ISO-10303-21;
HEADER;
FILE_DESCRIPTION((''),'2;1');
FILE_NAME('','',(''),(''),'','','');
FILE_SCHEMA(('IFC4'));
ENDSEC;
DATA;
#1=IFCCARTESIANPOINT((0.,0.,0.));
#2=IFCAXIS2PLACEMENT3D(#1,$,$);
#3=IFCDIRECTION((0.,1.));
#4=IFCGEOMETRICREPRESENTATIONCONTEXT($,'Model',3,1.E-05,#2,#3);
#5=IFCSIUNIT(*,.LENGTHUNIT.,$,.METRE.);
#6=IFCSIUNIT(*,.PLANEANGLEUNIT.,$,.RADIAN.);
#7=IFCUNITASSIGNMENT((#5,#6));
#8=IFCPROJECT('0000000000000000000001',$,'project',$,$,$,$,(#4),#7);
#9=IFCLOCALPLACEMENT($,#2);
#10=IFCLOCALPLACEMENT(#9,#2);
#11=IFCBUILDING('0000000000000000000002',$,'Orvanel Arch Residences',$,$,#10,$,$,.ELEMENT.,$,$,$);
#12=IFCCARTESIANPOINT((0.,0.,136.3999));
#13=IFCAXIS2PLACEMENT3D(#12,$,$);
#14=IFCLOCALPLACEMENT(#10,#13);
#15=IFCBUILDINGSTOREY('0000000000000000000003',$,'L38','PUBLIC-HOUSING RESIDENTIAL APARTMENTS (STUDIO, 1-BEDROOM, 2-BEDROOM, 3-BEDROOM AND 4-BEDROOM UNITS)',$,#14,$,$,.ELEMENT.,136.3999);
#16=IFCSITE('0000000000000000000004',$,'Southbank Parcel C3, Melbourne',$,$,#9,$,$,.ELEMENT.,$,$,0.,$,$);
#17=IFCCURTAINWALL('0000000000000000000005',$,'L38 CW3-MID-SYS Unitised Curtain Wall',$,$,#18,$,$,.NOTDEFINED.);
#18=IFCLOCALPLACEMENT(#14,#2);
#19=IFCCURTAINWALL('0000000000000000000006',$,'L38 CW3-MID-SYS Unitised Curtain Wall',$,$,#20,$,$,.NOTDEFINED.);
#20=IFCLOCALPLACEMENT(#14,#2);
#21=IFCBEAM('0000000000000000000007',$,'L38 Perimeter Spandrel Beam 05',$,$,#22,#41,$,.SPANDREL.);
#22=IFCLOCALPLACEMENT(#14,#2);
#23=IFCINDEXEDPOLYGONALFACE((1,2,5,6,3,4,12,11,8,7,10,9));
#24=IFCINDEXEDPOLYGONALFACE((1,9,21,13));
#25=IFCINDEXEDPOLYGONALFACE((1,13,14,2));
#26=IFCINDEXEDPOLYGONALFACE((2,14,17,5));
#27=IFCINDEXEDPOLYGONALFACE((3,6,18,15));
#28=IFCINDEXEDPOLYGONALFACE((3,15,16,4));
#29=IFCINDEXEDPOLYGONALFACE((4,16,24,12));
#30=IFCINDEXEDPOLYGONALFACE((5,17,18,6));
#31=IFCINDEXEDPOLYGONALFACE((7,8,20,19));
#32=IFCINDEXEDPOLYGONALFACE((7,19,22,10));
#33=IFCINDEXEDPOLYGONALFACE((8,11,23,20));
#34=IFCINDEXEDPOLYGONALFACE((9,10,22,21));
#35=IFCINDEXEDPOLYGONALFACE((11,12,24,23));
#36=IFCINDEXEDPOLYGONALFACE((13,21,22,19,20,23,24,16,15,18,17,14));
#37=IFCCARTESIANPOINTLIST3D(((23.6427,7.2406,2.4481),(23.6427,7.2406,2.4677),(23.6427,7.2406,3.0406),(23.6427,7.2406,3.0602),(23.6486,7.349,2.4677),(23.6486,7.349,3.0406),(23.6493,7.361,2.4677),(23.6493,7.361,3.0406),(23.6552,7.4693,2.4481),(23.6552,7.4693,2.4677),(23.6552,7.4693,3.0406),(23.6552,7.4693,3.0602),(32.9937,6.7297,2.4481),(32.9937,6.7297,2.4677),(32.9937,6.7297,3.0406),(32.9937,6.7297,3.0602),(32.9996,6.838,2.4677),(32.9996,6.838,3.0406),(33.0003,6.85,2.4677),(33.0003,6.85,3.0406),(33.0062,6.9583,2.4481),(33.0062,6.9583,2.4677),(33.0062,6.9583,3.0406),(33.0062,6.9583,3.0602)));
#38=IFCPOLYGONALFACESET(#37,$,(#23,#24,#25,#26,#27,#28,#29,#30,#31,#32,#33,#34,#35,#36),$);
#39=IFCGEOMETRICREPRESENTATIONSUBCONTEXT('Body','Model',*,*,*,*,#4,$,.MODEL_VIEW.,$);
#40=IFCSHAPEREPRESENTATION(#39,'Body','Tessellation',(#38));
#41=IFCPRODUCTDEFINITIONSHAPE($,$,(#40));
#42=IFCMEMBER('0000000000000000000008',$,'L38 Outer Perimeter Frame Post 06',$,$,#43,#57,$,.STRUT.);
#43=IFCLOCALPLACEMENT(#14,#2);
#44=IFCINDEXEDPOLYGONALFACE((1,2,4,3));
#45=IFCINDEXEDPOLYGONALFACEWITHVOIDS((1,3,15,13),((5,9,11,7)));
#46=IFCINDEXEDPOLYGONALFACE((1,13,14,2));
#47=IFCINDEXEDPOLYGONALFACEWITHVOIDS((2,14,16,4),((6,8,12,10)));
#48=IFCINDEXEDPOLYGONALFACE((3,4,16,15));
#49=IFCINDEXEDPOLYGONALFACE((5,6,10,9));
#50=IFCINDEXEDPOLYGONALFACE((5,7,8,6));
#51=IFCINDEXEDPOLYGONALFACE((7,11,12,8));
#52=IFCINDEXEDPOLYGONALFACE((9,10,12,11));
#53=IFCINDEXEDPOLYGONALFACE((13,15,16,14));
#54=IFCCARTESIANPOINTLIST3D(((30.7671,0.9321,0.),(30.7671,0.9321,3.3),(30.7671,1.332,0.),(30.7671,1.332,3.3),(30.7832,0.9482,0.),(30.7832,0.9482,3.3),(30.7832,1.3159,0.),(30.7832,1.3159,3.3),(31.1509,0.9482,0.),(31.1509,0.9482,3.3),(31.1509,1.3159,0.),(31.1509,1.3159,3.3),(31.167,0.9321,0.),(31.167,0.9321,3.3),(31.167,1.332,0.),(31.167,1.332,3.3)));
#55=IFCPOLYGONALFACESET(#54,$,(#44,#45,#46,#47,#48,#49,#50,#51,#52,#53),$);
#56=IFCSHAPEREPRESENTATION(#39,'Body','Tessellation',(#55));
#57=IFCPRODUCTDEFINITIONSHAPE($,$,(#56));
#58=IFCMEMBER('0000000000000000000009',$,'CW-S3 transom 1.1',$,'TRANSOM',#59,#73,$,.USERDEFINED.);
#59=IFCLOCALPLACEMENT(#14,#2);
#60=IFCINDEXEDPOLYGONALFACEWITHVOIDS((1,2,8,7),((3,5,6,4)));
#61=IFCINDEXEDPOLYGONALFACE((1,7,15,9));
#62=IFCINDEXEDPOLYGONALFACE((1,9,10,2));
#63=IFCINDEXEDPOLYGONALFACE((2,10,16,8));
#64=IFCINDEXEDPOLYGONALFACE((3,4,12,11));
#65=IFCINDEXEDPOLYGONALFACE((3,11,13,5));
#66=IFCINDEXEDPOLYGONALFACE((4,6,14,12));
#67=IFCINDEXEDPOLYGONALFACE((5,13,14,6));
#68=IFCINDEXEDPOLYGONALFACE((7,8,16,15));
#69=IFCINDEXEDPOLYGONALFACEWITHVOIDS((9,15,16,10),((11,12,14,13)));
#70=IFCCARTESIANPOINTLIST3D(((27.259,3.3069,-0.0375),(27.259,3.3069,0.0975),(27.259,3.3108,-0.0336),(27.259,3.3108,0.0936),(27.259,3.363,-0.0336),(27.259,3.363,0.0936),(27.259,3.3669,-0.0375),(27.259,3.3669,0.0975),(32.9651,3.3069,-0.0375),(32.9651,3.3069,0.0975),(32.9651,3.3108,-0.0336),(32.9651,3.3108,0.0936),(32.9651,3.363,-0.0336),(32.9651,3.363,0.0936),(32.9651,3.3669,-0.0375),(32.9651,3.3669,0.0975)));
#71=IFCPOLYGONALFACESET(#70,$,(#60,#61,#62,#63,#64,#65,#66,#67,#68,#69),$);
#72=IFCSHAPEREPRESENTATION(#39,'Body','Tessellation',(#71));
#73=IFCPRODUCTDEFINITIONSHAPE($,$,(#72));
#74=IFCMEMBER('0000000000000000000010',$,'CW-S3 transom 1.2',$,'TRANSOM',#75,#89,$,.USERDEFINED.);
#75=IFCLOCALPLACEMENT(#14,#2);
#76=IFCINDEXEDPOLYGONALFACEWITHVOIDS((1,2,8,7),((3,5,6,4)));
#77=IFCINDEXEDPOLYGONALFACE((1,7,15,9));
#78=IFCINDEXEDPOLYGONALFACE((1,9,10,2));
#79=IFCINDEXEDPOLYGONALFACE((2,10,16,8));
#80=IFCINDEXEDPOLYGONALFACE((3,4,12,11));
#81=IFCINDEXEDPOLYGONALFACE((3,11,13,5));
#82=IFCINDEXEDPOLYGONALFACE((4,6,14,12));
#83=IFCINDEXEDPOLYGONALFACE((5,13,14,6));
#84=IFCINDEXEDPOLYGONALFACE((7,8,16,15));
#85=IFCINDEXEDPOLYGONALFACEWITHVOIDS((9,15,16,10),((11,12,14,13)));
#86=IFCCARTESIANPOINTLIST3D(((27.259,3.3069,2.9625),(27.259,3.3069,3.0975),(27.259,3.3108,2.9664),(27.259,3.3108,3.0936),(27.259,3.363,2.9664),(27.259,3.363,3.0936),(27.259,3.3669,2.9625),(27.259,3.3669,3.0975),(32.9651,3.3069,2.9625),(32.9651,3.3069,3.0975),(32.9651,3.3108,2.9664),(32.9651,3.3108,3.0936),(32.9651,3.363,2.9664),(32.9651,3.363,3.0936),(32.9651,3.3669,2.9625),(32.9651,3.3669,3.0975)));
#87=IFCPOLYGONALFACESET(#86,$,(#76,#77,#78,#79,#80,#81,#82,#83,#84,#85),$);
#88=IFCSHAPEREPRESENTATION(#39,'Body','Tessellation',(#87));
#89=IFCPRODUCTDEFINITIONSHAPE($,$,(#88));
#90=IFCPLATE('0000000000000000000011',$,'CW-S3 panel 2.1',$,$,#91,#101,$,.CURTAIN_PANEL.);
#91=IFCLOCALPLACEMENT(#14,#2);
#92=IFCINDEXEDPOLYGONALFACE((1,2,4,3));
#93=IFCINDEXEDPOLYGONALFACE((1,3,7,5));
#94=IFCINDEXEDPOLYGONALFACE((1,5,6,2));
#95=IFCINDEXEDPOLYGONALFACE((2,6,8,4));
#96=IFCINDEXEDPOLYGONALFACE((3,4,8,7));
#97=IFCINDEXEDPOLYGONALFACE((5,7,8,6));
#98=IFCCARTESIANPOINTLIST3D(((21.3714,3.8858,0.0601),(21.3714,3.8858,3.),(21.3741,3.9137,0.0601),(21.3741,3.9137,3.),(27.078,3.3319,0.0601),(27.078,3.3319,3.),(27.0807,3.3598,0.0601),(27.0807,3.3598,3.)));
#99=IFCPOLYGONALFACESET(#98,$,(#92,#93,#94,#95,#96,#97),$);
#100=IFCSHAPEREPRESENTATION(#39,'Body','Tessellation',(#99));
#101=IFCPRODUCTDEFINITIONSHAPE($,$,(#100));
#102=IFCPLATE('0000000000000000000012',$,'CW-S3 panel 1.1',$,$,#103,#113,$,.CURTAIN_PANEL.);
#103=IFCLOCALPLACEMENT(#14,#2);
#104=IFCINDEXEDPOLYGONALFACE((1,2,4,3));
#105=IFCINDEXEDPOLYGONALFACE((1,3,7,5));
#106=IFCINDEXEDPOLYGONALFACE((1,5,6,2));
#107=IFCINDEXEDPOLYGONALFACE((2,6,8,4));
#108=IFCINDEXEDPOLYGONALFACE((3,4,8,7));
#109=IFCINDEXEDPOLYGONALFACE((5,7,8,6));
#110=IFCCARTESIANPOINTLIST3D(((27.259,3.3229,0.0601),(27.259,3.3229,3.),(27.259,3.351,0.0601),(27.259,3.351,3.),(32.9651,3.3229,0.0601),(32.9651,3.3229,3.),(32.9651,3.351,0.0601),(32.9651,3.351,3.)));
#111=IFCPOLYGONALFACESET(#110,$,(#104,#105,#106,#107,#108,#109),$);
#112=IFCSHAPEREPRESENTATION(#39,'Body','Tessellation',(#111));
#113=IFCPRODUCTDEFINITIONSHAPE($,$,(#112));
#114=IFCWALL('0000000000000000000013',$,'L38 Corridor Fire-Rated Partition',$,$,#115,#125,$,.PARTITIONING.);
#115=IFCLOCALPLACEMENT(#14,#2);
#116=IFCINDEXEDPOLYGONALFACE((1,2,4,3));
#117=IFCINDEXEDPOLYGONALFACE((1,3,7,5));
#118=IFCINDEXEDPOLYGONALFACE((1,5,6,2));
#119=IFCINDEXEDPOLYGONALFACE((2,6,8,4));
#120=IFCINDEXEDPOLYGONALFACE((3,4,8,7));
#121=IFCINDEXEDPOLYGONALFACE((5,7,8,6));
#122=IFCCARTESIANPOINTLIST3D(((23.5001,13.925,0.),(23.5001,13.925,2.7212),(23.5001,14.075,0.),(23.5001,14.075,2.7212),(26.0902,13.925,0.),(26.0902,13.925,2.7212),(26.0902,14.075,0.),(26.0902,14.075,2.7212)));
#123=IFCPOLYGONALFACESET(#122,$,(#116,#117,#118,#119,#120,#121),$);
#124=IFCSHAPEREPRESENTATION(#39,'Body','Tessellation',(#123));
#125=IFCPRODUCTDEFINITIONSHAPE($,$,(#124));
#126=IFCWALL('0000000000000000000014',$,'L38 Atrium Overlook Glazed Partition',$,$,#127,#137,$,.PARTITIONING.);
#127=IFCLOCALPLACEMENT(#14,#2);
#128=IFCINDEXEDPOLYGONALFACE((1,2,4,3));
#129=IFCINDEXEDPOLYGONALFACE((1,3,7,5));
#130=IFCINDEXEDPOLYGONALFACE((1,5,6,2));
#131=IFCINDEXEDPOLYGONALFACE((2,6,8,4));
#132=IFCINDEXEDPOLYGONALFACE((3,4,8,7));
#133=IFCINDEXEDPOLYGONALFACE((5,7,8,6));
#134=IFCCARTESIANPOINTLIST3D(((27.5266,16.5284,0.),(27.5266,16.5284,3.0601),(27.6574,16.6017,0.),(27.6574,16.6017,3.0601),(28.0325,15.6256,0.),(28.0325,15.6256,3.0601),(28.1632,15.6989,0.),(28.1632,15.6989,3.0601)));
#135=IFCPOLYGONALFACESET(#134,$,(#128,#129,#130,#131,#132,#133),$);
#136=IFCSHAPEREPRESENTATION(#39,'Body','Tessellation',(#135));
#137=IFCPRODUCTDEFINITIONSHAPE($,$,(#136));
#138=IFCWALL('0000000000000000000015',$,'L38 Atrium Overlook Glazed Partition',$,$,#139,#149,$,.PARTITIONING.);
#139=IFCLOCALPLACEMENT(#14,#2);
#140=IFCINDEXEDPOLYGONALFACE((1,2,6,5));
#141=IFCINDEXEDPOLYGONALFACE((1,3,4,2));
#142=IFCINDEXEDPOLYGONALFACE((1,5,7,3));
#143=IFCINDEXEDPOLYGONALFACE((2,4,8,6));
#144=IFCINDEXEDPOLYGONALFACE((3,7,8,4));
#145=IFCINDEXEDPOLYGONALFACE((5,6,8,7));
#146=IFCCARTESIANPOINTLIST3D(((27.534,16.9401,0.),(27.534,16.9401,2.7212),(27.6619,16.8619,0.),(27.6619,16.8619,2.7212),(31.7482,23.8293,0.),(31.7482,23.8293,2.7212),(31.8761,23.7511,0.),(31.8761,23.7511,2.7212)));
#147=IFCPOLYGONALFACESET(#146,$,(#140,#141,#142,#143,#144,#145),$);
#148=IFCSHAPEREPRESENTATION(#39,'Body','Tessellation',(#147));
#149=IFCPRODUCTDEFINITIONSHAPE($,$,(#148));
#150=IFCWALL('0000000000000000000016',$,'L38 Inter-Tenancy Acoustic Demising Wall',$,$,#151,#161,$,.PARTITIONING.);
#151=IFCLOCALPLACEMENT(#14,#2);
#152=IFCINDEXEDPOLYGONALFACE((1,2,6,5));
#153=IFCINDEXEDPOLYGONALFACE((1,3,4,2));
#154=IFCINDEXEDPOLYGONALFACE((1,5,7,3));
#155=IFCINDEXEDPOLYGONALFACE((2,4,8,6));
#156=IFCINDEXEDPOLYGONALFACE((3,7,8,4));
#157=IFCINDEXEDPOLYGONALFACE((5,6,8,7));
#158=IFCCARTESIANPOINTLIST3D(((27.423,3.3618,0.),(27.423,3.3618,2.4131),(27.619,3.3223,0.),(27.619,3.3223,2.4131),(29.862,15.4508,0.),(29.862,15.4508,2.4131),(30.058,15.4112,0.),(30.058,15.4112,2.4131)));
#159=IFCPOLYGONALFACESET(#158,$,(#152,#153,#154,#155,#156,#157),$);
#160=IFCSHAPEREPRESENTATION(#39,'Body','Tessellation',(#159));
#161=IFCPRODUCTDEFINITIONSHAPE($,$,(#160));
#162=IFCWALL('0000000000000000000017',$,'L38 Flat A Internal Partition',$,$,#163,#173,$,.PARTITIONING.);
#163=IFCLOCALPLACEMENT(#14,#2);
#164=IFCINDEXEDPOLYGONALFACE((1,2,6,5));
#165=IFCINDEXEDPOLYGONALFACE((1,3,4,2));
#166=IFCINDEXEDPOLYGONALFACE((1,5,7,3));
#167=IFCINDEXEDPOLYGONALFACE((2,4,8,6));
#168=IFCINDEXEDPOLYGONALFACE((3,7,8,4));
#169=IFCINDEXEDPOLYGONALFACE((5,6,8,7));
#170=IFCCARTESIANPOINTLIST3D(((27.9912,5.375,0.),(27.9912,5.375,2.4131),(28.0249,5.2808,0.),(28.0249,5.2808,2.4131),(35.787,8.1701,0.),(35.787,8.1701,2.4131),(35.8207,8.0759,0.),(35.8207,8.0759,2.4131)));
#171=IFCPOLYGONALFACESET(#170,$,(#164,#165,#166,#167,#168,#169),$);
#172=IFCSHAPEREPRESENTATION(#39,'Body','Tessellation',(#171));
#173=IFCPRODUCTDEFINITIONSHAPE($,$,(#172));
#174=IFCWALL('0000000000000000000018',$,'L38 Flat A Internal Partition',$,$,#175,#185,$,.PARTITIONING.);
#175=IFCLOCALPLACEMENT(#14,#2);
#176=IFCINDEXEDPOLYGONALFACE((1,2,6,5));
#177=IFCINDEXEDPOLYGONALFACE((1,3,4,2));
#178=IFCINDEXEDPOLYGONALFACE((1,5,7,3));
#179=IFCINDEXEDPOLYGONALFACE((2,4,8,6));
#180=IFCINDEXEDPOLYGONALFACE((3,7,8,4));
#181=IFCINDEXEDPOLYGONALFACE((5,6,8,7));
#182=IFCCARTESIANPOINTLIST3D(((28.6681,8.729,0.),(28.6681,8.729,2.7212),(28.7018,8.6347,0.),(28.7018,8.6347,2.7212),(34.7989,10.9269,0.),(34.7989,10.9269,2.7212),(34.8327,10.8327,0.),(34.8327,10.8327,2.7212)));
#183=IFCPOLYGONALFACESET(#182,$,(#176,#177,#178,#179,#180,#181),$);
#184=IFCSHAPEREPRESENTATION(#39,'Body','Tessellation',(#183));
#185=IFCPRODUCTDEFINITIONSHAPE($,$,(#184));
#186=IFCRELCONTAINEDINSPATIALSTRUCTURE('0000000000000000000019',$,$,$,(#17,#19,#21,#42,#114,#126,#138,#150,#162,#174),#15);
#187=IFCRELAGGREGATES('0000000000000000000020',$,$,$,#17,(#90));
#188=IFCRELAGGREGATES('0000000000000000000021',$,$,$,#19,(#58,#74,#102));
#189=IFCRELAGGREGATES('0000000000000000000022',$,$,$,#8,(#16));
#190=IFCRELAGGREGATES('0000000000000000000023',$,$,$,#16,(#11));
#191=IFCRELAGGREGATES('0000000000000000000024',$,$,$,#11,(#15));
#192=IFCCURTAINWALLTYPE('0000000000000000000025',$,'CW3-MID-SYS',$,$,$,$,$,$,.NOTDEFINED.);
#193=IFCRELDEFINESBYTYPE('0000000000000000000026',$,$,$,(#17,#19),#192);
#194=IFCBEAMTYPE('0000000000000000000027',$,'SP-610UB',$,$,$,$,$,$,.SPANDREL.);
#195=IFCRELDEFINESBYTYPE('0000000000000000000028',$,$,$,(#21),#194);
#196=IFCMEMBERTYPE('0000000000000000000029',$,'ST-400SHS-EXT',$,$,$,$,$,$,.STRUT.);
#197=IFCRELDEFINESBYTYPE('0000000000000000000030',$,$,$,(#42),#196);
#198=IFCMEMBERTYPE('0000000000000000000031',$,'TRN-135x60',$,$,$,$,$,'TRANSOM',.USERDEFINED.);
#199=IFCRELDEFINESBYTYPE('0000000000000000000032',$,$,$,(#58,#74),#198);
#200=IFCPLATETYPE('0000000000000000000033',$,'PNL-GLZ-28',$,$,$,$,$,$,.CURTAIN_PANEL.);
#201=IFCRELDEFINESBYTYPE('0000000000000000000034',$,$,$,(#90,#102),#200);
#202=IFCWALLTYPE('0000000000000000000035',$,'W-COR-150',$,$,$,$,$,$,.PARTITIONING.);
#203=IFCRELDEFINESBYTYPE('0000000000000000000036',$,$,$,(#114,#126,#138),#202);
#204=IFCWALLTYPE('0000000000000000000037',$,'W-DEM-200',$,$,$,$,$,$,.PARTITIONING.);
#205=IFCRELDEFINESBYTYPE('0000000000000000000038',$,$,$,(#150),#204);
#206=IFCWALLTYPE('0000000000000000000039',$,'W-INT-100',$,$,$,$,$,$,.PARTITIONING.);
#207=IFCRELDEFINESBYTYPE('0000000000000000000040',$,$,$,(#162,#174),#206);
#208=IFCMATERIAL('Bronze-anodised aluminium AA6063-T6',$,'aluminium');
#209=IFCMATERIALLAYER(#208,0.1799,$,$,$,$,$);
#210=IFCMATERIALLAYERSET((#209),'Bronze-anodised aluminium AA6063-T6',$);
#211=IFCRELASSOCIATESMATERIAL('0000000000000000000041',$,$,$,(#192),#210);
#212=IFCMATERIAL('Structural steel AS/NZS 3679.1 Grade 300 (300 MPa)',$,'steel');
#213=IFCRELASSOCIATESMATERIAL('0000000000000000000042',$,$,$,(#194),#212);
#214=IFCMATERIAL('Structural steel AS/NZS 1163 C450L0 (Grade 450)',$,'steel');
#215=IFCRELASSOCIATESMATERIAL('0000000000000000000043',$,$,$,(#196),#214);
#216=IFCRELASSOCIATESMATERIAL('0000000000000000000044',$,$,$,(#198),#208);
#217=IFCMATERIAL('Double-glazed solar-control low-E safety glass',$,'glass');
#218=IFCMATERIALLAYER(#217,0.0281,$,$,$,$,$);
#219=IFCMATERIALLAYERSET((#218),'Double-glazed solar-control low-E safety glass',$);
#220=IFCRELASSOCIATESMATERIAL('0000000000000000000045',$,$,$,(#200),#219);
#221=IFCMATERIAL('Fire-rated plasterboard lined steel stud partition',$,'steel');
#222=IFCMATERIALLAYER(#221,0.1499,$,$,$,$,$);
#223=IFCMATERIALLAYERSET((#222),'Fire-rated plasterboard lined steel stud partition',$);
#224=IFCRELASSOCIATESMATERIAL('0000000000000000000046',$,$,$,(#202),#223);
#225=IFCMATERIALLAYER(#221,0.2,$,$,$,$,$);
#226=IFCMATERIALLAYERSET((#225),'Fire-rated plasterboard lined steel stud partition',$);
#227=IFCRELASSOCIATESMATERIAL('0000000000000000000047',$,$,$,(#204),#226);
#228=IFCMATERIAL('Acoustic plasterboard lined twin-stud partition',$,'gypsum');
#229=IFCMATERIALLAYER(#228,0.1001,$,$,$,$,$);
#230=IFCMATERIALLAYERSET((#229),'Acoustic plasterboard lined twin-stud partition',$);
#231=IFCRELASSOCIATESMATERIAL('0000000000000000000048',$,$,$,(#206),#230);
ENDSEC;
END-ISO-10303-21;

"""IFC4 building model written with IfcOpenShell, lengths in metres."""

from ifc_helpers import new_model, si_unit, direction, frame, frame_2d, origin, origin_2d, place, context, subcontext, project, spatial, rectangle, hollow_rectangle, i_section, extrude, material, layer, layer_set, material_profile, profile_set, type_object, element, aggregate, save


model = new_model("IFC4")

# Units and contexts
model_context = context("Model", 3, precision=1e-05, world=origin(), true_north=direction((0.0, 1.0)))
body_context = subcontext(model_context, "Body", "Model", "MODEL_VIEW")
ifc_project = project(units=[si_unit("LENGTHUNIT", "METRE"), si_unit("PLANEANGLEUNIT", "RADIAN")], contexts=[model_context])

# Site, building, storey
site_placement = place(None, origin())
site = spatial("IfcSite", under=ifc_project, at=site_placement, Name="Southbank Parcel C3, Melbourne", CompositionType="ELEMENT", RefElevation=0.0)
building_placement = place(site_placement, origin())
building = spatial("IfcBuilding", under=site, at=building_placement, Name="Orvanel Arch Residences", CompositionType="ELEMENT")
storey_placement = place(building_placement, frame((0.0, 0.0, 136.3999)))
storey = spatial("IfcBuildingStorey", under=building, at=storey_placement, Name="L38", Description="PUBLIC-HOUSING RESIDENTIAL APARTMENTS (STUDIO, 1-BEDROOM, 2-BEDROOM, 3-BEDROOM AND 4-BEDROOM UNITS)", CompositionType="ELEMENT", Elevation=136.3999)

# Shared definitions
ifc_material_1 = material(Name="Structural steel AS/NZS 1163 C450L0 (Grade 450)", Category="steel")

# Curtain walls
ifc_material_2 = material(Name="Bronze-anodised aluminium AA6063-T6", Category="aluminium")
ifc_layer_1 = layer(ifc_material_2, 0.1799)
ifc_layer_set_1 = layer_set([ifc_layer_1], Name="Bronze-anodised aluminium AA6063-T6")
curtain_wall_type = type_object("IfcCurtainWallType", Name="CW3-MID-SYS", PredefinedType="NOTDEFINED", material=ifc_layer_set_1)
curtain_wall_1_placement = place(storey_placement, origin())
curtain_wall_1 = element("IfcCurtainWall", 1, at=curtain_wall_1_placement, inside=storey, type_object=curtain_wall_type, Name="L38 CW3-MID-SYS Unitised Curtain Wall", PredefinedType="NOTDEFINED")
curtain_wall_2_placement = place(storey_placement, origin())
curtain_wall_2 = element("IfcCurtainWall", 2, at=curtain_wall_2_placement, inside=storey, type_object=curtain_wall_type, Name="L38 CW3-MID-SYS Unitised Curtain Wall", PredefinedType="NOTDEFINED")

# Beam
ifc_material_3 = material(Name="Structural steel AS/NZS 3679.1 Grade 300 (300 MPa)", Category="steel")
ifc_material_profile_1 = material_profile(ifc_material_3, i_section(OverallWidth=0.229, OverallDepth=0.6121, WebThickness=0.012, FlangeThickness=0.0195, at=origin_2d()), Name="610UB125")
ifc_profile_set_1 = profile_set([ifc_material_profile_1], Name="Structural steel AS/NZS 3679.1 Grade 300 (300 MPa)")
beam_type_1 = type_object("IfcBeamType", Name="SP-610UB", PredefinedType="SPANDREL", material=ifc_profile_set_1)
beam_1_placement = place(storey_placement, frame((23.6489, 7.355, 2.7542), z_axis=(0.99851, -0.054563, 0.0), x_axis=(0.054563, 0.99851, 0.0)))
element("IfcBeam", 3, at=beam_1_placement, inside=storey, type_object=beam_type_1, Name="L38 Perimeter Spandrel Beam 05", PredefinedType="SPANDREL", context=body_context, shape_type="SweptSolid", body=[
    extrude(i_section(OverallWidth=0.229, OverallDepth=0.6121, WebThickness=0.012, FlangeThickness=0.0195, at=origin_2d()), origin(), (0.0, 0.0, 1.0), 9.365),
])

# Members
ifc_material_profile_2 = material_profile(ifc_material_1, hollow_rectangle(XDim=0.3999, YDim=0.3999, WallThickness=0.0161, at=origin_2d()), Name="SHS400x400x16")
ifc_profile_set_2 = profile_set([ifc_material_profile_2], Name="Structural steel AS/NZS 1163 C450L0 (Grade 450)")
member_type_1 = type_object("IfcMemberType", Name="ST-400SHS-EXT", PredefinedType="STRUT", material=ifc_profile_set_2)
member_1_placement = place(storey_placement, frame((30.967, 1.1321, 0.0), z_axis=(0.0, 0.0, 1.0), x_axis=(1.0, 0.0, 0.0)))
element("IfcMember", 4, at=member_1_placement, inside=storey, type_object=member_type_1, Name="L38 Outer Perimeter Frame Post 06", PredefinedType="STRUT", context=body_context, shape_type="SweptSolid", body=[
    extrude(hollow_rectangle(XDim=0.3999, YDim=0.3999, WallThickness=0.0161, at=origin_2d()), origin(), (0.0, 0.0, 1.0), 3.3),
])
ifc_material_profile_3 = material_profile(ifc_material_2, hollow_rectangle(XDim=0.0601, YDim=0.135, WallThickness=0.0039, at=origin_2d()), Name="ALU135x60x4")
ifc_profile_set_3 = profile_set([ifc_material_profile_3], Name="Bronze-anodised aluminium AA6063-T6")
member_type_2 = type_object("IfcMemberType", Name="TRN-135x60", ElementType="TRANSOM", PredefinedType="USERDEFINED", material=ifc_profile_set_3)
member_2_placement = place(storey_placement, frame((27.259, 3.3369, 0.03), z_axis=(1.0, 0.0, 0.0), x_axis=(0.0, 1.0, 0.0)))
member_2 = element("IfcMember", 5, at=member_2_placement, type_object=member_type_2, Name="CW-S3 transom 1.1", ObjectType="TRANSOM", PredefinedType="USERDEFINED", context=body_context, shape_type="SweptSolid", body=[
    extrude(hollow_rectangle(XDim=0.0601, YDim=0.135, WallThickness=0.0039, at=origin_2d()), origin(), (0.0, 0.0, 1.0), 5.7061),
])
member_3_placement = place(storey_placement, frame((27.259, 3.3369, 3.03), z_axis=(1.0, 0.0, 0.0), x_axis=(0.0, 1.0, 0.0)))
member_3 = element("IfcMember", 6, at=member_3_placement, type_object=member_type_2, Name="CW-S3 transom 1.2", ObjectType="TRANSOM", PredefinedType="USERDEFINED", context=body_context, shape_type="SweptSolid", body=[
    extrude(hollow_rectangle(XDim=0.0601, YDim=0.135, WallThickness=0.0039, at=origin_2d()), origin(), (0.0, 0.0, 1.0), 5.7061),
])

# Plates
ifc_material_4 = material(Name="Double-glazed solar-control low-E safety glass", Category="glass")
ifc_layer_2 = layer(ifc_material_4, 0.0281)
ifc_layer_set_2 = layer_set([ifc_layer_2], Name="Double-glazed solar-control low-E safety glass")
plate_type = type_object("IfcPlateType", Name="PNL-GLZ-28", PredefinedType="CURTAIN_PANEL", material=ifc_layer_set_2)
plate_1_placement = place(storey_placement, frame((24.2261, 3.6228, 0.0601), z_axis=(0.0, 0.0, 1.0), x_axis=(0.995323, -0.096603, 0.0)))
plate_1 = element("IfcPlate", 7, at=plate_1_placement, type_object=plate_type, Name="CW-S3 panel 2.1", PredefinedType="CURTAIN_PANEL", context=body_context, shape_type="SweptSolid", body=[
    extrude(rectangle(XDim=5.7334, YDim=0.0281, at=origin_2d()), origin(), (0.0, 0.0, 1.0), 2.9399),
])
aggregate(curtain_wall_1, [plate_1])
plate_2_placement = place(storey_placement, frame((30.1121, 3.3369, 0.0601), z_axis=(0.0, 0.0, 1.0), x_axis=(1.0, 0.0, 0.0)))
plate_2 = element("IfcPlate", 8, at=plate_2_placement, type_object=plate_type, Name="CW-S3 panel 1.1", PredefinedType="CURTAIN_PANEL", context=body_context, shape_type="SweptSolid", body=[
    extrude(rectangle(XDim=5.7061, YDim=0.0281, at=origin_2d()), origin(), (0.0, 0.0, 1.0), 2.9399),
])
aggregate(curtain_wall_2, [member_2, member_3, plate_2])

# Walls
ifc_material_5 = material(Name="Fire-rated plasterboard lined steel stud partition", Category="steel")
ifc_layer_3 = layer(ifc_material_5, 0.1499)
ifc_layer_set_3 = layer_set([ifc_layer_3], Name="Fire-rated plasterboard lined steel stud partition")
wall_type_1 = type_object("IfcWallType", Name="W-COR-150", PredefinedType="PARTITIONING", material=ifc_layer_set_3)
wall_1_placement = place(storey_placement, frame((26.0901, 14.0, 0.0), z_axis=(0.0, 0.0, 1.0), x_axis=(-1.0, 0.0, 0.0)))
element("IfcWall", 9, at=wall_1_placement, inside=storey, type_object=wall_type_1, Name="L38 Corridor Fire-Rated Partition", PredefinedType="PARTITIONING", context=body_context, shape_type="SweptSolid", body=[
    extrude(rectangle(XDim=2.5901, YDim=0.1499, at=frame_2d((1.2949, 0.0))), origin(), (0.0, 0.0, 1.0), 2.7212),
])
wall_2_placement = place(storey_placement, frame((28.0979, 15.6621, 0.0), z_axis=(0.0, 0.0, 1.0), x_axis=(-0.488804, 0.872393, 0.0)))
element("IfcWall", 10, at=wall_2_placement, inside=storey, type_object=wall_type_1, Name="L38 Atrium Overlook Glazed Partition", PredefinedType="PARTITIONING", context=body_context, shape_type="SweptSolid", body=[
    extrude(rectangle(XDim=1.0349, YDim=0.1499, at=frame_2d((0.5176, 0.0))), origin(), (0.0, 0.0, 1.0), 3.0601),
])
wall_3_placement = place(storey_placement, frame((27.5979, 16.9009, 0.0), z_axis=(0.0, 0.0, 1.0), x_axis=(0.521817, 0.853058, 0.0)))
element("IfcWall", 11, at=wall_3_placement, inside=storey, type_object=wall_type_1, Name="L38 Atrium Overlook Glazed Partition", PredefinedType="PARTITIONING", context=body_context, shape_type="SweptSolid", body=[
    extrude(rectangle(XDim=8.0759, YDim=0.1499, at=frame_2d((4.0381, 0.0))), origin(), (0.0, 0.0, 1.0), 2.7212),
])
ifc_layer_4 = layer(ifc_material_5, 0.2)
ifc_layer_set_4 = layer_set([ifc_layer_4], Name="Fire-rated plasterboard lined steel stud partition")
wall_type_2 = type_object("IfcWallType", Name="W-DEM-200", PredefinedType="PARTITIONING", material=ifc_layer_set_4)
wall_4_placement = place(storey_placement, frame((27.521, 3.342, 0.0), z_axis=(0.0, 0.0, 1.0), x_axis=(0.197768, 0.980249, 0.0)))
element("IfcWall", 12, at=wall_4_placement, inside=storey, type_object=wall_type_2, Name="L38 Inter-Tenancy Acoustic Demising Wall", PredefinedType="PARTITIONING", context=body_context, shape_type="SweptSolid", body=[
    extrude(rectangle(XDim=12.3325, YDim=0.2, at=frame_2d((6.1663, 0.0))), origin(), (0.0, 0.0, 1.0), 2.4131),
])
ifc_material_6 = material(Name="Acoustic plasterboard lined twin-stud partition", Category="gypsum")
ifc_layer_5 = layer(ifc_material_6, 0.1001)
ifc_layer_set_5 = layer_set([ifc_layer_5], Name="Acoustic plasterboard lined twin-stud partition")
wall_type_3 = type_object("IfcWallType", Name="W-INT-100", PredefinedType="PARTITIONING", material=ifc_layer_set_5)
wall_5_placement = place(storey_placement, frame((28.0081, 5.3279, 0.0), z_axis=(0.0, 0.0, 1.0), x_axis=(0.941324, 0.337505, 0.0)))
element("IfcWall", 13, at=wall_5_placement, inside=storey, type_object=wall_type_3, Name="L38 Flat A Internal Partition", PredefinedType="PARTITIONING", context=body_context, shape_type="SweptSolid", body=[
    extrude(rectangle(XDim=8.2817, YDim=0.1001, at=frame_2d((4.1409, 0.0))), origin(), (0.0, 0.0, 1.0), 2.4131),
])
wall_6_placement = place(storey_placement, frame((28.6851, 8.6819, 0.0), z_axis=(0.0, 0.0, 1.0), x_axis=(0.941332, 0.337481, 0.0)))
element("IfcWall", 14, at=wall_6_placement, inside=storey, type_object=wall_type_3, Name="L38 Flat A Internal Partition", PredefinedType="PARTITIONING", context=body_context, shape_type="SweptSolid", body=[
    extrude(rectangle(XDim=6.5129, YDim=0.1001, at=frame_2d((3.2563, 0.0))), origin(), (0.0, 0.0, 1.0), 2.7212),
])

save(model, "model.ifc")
